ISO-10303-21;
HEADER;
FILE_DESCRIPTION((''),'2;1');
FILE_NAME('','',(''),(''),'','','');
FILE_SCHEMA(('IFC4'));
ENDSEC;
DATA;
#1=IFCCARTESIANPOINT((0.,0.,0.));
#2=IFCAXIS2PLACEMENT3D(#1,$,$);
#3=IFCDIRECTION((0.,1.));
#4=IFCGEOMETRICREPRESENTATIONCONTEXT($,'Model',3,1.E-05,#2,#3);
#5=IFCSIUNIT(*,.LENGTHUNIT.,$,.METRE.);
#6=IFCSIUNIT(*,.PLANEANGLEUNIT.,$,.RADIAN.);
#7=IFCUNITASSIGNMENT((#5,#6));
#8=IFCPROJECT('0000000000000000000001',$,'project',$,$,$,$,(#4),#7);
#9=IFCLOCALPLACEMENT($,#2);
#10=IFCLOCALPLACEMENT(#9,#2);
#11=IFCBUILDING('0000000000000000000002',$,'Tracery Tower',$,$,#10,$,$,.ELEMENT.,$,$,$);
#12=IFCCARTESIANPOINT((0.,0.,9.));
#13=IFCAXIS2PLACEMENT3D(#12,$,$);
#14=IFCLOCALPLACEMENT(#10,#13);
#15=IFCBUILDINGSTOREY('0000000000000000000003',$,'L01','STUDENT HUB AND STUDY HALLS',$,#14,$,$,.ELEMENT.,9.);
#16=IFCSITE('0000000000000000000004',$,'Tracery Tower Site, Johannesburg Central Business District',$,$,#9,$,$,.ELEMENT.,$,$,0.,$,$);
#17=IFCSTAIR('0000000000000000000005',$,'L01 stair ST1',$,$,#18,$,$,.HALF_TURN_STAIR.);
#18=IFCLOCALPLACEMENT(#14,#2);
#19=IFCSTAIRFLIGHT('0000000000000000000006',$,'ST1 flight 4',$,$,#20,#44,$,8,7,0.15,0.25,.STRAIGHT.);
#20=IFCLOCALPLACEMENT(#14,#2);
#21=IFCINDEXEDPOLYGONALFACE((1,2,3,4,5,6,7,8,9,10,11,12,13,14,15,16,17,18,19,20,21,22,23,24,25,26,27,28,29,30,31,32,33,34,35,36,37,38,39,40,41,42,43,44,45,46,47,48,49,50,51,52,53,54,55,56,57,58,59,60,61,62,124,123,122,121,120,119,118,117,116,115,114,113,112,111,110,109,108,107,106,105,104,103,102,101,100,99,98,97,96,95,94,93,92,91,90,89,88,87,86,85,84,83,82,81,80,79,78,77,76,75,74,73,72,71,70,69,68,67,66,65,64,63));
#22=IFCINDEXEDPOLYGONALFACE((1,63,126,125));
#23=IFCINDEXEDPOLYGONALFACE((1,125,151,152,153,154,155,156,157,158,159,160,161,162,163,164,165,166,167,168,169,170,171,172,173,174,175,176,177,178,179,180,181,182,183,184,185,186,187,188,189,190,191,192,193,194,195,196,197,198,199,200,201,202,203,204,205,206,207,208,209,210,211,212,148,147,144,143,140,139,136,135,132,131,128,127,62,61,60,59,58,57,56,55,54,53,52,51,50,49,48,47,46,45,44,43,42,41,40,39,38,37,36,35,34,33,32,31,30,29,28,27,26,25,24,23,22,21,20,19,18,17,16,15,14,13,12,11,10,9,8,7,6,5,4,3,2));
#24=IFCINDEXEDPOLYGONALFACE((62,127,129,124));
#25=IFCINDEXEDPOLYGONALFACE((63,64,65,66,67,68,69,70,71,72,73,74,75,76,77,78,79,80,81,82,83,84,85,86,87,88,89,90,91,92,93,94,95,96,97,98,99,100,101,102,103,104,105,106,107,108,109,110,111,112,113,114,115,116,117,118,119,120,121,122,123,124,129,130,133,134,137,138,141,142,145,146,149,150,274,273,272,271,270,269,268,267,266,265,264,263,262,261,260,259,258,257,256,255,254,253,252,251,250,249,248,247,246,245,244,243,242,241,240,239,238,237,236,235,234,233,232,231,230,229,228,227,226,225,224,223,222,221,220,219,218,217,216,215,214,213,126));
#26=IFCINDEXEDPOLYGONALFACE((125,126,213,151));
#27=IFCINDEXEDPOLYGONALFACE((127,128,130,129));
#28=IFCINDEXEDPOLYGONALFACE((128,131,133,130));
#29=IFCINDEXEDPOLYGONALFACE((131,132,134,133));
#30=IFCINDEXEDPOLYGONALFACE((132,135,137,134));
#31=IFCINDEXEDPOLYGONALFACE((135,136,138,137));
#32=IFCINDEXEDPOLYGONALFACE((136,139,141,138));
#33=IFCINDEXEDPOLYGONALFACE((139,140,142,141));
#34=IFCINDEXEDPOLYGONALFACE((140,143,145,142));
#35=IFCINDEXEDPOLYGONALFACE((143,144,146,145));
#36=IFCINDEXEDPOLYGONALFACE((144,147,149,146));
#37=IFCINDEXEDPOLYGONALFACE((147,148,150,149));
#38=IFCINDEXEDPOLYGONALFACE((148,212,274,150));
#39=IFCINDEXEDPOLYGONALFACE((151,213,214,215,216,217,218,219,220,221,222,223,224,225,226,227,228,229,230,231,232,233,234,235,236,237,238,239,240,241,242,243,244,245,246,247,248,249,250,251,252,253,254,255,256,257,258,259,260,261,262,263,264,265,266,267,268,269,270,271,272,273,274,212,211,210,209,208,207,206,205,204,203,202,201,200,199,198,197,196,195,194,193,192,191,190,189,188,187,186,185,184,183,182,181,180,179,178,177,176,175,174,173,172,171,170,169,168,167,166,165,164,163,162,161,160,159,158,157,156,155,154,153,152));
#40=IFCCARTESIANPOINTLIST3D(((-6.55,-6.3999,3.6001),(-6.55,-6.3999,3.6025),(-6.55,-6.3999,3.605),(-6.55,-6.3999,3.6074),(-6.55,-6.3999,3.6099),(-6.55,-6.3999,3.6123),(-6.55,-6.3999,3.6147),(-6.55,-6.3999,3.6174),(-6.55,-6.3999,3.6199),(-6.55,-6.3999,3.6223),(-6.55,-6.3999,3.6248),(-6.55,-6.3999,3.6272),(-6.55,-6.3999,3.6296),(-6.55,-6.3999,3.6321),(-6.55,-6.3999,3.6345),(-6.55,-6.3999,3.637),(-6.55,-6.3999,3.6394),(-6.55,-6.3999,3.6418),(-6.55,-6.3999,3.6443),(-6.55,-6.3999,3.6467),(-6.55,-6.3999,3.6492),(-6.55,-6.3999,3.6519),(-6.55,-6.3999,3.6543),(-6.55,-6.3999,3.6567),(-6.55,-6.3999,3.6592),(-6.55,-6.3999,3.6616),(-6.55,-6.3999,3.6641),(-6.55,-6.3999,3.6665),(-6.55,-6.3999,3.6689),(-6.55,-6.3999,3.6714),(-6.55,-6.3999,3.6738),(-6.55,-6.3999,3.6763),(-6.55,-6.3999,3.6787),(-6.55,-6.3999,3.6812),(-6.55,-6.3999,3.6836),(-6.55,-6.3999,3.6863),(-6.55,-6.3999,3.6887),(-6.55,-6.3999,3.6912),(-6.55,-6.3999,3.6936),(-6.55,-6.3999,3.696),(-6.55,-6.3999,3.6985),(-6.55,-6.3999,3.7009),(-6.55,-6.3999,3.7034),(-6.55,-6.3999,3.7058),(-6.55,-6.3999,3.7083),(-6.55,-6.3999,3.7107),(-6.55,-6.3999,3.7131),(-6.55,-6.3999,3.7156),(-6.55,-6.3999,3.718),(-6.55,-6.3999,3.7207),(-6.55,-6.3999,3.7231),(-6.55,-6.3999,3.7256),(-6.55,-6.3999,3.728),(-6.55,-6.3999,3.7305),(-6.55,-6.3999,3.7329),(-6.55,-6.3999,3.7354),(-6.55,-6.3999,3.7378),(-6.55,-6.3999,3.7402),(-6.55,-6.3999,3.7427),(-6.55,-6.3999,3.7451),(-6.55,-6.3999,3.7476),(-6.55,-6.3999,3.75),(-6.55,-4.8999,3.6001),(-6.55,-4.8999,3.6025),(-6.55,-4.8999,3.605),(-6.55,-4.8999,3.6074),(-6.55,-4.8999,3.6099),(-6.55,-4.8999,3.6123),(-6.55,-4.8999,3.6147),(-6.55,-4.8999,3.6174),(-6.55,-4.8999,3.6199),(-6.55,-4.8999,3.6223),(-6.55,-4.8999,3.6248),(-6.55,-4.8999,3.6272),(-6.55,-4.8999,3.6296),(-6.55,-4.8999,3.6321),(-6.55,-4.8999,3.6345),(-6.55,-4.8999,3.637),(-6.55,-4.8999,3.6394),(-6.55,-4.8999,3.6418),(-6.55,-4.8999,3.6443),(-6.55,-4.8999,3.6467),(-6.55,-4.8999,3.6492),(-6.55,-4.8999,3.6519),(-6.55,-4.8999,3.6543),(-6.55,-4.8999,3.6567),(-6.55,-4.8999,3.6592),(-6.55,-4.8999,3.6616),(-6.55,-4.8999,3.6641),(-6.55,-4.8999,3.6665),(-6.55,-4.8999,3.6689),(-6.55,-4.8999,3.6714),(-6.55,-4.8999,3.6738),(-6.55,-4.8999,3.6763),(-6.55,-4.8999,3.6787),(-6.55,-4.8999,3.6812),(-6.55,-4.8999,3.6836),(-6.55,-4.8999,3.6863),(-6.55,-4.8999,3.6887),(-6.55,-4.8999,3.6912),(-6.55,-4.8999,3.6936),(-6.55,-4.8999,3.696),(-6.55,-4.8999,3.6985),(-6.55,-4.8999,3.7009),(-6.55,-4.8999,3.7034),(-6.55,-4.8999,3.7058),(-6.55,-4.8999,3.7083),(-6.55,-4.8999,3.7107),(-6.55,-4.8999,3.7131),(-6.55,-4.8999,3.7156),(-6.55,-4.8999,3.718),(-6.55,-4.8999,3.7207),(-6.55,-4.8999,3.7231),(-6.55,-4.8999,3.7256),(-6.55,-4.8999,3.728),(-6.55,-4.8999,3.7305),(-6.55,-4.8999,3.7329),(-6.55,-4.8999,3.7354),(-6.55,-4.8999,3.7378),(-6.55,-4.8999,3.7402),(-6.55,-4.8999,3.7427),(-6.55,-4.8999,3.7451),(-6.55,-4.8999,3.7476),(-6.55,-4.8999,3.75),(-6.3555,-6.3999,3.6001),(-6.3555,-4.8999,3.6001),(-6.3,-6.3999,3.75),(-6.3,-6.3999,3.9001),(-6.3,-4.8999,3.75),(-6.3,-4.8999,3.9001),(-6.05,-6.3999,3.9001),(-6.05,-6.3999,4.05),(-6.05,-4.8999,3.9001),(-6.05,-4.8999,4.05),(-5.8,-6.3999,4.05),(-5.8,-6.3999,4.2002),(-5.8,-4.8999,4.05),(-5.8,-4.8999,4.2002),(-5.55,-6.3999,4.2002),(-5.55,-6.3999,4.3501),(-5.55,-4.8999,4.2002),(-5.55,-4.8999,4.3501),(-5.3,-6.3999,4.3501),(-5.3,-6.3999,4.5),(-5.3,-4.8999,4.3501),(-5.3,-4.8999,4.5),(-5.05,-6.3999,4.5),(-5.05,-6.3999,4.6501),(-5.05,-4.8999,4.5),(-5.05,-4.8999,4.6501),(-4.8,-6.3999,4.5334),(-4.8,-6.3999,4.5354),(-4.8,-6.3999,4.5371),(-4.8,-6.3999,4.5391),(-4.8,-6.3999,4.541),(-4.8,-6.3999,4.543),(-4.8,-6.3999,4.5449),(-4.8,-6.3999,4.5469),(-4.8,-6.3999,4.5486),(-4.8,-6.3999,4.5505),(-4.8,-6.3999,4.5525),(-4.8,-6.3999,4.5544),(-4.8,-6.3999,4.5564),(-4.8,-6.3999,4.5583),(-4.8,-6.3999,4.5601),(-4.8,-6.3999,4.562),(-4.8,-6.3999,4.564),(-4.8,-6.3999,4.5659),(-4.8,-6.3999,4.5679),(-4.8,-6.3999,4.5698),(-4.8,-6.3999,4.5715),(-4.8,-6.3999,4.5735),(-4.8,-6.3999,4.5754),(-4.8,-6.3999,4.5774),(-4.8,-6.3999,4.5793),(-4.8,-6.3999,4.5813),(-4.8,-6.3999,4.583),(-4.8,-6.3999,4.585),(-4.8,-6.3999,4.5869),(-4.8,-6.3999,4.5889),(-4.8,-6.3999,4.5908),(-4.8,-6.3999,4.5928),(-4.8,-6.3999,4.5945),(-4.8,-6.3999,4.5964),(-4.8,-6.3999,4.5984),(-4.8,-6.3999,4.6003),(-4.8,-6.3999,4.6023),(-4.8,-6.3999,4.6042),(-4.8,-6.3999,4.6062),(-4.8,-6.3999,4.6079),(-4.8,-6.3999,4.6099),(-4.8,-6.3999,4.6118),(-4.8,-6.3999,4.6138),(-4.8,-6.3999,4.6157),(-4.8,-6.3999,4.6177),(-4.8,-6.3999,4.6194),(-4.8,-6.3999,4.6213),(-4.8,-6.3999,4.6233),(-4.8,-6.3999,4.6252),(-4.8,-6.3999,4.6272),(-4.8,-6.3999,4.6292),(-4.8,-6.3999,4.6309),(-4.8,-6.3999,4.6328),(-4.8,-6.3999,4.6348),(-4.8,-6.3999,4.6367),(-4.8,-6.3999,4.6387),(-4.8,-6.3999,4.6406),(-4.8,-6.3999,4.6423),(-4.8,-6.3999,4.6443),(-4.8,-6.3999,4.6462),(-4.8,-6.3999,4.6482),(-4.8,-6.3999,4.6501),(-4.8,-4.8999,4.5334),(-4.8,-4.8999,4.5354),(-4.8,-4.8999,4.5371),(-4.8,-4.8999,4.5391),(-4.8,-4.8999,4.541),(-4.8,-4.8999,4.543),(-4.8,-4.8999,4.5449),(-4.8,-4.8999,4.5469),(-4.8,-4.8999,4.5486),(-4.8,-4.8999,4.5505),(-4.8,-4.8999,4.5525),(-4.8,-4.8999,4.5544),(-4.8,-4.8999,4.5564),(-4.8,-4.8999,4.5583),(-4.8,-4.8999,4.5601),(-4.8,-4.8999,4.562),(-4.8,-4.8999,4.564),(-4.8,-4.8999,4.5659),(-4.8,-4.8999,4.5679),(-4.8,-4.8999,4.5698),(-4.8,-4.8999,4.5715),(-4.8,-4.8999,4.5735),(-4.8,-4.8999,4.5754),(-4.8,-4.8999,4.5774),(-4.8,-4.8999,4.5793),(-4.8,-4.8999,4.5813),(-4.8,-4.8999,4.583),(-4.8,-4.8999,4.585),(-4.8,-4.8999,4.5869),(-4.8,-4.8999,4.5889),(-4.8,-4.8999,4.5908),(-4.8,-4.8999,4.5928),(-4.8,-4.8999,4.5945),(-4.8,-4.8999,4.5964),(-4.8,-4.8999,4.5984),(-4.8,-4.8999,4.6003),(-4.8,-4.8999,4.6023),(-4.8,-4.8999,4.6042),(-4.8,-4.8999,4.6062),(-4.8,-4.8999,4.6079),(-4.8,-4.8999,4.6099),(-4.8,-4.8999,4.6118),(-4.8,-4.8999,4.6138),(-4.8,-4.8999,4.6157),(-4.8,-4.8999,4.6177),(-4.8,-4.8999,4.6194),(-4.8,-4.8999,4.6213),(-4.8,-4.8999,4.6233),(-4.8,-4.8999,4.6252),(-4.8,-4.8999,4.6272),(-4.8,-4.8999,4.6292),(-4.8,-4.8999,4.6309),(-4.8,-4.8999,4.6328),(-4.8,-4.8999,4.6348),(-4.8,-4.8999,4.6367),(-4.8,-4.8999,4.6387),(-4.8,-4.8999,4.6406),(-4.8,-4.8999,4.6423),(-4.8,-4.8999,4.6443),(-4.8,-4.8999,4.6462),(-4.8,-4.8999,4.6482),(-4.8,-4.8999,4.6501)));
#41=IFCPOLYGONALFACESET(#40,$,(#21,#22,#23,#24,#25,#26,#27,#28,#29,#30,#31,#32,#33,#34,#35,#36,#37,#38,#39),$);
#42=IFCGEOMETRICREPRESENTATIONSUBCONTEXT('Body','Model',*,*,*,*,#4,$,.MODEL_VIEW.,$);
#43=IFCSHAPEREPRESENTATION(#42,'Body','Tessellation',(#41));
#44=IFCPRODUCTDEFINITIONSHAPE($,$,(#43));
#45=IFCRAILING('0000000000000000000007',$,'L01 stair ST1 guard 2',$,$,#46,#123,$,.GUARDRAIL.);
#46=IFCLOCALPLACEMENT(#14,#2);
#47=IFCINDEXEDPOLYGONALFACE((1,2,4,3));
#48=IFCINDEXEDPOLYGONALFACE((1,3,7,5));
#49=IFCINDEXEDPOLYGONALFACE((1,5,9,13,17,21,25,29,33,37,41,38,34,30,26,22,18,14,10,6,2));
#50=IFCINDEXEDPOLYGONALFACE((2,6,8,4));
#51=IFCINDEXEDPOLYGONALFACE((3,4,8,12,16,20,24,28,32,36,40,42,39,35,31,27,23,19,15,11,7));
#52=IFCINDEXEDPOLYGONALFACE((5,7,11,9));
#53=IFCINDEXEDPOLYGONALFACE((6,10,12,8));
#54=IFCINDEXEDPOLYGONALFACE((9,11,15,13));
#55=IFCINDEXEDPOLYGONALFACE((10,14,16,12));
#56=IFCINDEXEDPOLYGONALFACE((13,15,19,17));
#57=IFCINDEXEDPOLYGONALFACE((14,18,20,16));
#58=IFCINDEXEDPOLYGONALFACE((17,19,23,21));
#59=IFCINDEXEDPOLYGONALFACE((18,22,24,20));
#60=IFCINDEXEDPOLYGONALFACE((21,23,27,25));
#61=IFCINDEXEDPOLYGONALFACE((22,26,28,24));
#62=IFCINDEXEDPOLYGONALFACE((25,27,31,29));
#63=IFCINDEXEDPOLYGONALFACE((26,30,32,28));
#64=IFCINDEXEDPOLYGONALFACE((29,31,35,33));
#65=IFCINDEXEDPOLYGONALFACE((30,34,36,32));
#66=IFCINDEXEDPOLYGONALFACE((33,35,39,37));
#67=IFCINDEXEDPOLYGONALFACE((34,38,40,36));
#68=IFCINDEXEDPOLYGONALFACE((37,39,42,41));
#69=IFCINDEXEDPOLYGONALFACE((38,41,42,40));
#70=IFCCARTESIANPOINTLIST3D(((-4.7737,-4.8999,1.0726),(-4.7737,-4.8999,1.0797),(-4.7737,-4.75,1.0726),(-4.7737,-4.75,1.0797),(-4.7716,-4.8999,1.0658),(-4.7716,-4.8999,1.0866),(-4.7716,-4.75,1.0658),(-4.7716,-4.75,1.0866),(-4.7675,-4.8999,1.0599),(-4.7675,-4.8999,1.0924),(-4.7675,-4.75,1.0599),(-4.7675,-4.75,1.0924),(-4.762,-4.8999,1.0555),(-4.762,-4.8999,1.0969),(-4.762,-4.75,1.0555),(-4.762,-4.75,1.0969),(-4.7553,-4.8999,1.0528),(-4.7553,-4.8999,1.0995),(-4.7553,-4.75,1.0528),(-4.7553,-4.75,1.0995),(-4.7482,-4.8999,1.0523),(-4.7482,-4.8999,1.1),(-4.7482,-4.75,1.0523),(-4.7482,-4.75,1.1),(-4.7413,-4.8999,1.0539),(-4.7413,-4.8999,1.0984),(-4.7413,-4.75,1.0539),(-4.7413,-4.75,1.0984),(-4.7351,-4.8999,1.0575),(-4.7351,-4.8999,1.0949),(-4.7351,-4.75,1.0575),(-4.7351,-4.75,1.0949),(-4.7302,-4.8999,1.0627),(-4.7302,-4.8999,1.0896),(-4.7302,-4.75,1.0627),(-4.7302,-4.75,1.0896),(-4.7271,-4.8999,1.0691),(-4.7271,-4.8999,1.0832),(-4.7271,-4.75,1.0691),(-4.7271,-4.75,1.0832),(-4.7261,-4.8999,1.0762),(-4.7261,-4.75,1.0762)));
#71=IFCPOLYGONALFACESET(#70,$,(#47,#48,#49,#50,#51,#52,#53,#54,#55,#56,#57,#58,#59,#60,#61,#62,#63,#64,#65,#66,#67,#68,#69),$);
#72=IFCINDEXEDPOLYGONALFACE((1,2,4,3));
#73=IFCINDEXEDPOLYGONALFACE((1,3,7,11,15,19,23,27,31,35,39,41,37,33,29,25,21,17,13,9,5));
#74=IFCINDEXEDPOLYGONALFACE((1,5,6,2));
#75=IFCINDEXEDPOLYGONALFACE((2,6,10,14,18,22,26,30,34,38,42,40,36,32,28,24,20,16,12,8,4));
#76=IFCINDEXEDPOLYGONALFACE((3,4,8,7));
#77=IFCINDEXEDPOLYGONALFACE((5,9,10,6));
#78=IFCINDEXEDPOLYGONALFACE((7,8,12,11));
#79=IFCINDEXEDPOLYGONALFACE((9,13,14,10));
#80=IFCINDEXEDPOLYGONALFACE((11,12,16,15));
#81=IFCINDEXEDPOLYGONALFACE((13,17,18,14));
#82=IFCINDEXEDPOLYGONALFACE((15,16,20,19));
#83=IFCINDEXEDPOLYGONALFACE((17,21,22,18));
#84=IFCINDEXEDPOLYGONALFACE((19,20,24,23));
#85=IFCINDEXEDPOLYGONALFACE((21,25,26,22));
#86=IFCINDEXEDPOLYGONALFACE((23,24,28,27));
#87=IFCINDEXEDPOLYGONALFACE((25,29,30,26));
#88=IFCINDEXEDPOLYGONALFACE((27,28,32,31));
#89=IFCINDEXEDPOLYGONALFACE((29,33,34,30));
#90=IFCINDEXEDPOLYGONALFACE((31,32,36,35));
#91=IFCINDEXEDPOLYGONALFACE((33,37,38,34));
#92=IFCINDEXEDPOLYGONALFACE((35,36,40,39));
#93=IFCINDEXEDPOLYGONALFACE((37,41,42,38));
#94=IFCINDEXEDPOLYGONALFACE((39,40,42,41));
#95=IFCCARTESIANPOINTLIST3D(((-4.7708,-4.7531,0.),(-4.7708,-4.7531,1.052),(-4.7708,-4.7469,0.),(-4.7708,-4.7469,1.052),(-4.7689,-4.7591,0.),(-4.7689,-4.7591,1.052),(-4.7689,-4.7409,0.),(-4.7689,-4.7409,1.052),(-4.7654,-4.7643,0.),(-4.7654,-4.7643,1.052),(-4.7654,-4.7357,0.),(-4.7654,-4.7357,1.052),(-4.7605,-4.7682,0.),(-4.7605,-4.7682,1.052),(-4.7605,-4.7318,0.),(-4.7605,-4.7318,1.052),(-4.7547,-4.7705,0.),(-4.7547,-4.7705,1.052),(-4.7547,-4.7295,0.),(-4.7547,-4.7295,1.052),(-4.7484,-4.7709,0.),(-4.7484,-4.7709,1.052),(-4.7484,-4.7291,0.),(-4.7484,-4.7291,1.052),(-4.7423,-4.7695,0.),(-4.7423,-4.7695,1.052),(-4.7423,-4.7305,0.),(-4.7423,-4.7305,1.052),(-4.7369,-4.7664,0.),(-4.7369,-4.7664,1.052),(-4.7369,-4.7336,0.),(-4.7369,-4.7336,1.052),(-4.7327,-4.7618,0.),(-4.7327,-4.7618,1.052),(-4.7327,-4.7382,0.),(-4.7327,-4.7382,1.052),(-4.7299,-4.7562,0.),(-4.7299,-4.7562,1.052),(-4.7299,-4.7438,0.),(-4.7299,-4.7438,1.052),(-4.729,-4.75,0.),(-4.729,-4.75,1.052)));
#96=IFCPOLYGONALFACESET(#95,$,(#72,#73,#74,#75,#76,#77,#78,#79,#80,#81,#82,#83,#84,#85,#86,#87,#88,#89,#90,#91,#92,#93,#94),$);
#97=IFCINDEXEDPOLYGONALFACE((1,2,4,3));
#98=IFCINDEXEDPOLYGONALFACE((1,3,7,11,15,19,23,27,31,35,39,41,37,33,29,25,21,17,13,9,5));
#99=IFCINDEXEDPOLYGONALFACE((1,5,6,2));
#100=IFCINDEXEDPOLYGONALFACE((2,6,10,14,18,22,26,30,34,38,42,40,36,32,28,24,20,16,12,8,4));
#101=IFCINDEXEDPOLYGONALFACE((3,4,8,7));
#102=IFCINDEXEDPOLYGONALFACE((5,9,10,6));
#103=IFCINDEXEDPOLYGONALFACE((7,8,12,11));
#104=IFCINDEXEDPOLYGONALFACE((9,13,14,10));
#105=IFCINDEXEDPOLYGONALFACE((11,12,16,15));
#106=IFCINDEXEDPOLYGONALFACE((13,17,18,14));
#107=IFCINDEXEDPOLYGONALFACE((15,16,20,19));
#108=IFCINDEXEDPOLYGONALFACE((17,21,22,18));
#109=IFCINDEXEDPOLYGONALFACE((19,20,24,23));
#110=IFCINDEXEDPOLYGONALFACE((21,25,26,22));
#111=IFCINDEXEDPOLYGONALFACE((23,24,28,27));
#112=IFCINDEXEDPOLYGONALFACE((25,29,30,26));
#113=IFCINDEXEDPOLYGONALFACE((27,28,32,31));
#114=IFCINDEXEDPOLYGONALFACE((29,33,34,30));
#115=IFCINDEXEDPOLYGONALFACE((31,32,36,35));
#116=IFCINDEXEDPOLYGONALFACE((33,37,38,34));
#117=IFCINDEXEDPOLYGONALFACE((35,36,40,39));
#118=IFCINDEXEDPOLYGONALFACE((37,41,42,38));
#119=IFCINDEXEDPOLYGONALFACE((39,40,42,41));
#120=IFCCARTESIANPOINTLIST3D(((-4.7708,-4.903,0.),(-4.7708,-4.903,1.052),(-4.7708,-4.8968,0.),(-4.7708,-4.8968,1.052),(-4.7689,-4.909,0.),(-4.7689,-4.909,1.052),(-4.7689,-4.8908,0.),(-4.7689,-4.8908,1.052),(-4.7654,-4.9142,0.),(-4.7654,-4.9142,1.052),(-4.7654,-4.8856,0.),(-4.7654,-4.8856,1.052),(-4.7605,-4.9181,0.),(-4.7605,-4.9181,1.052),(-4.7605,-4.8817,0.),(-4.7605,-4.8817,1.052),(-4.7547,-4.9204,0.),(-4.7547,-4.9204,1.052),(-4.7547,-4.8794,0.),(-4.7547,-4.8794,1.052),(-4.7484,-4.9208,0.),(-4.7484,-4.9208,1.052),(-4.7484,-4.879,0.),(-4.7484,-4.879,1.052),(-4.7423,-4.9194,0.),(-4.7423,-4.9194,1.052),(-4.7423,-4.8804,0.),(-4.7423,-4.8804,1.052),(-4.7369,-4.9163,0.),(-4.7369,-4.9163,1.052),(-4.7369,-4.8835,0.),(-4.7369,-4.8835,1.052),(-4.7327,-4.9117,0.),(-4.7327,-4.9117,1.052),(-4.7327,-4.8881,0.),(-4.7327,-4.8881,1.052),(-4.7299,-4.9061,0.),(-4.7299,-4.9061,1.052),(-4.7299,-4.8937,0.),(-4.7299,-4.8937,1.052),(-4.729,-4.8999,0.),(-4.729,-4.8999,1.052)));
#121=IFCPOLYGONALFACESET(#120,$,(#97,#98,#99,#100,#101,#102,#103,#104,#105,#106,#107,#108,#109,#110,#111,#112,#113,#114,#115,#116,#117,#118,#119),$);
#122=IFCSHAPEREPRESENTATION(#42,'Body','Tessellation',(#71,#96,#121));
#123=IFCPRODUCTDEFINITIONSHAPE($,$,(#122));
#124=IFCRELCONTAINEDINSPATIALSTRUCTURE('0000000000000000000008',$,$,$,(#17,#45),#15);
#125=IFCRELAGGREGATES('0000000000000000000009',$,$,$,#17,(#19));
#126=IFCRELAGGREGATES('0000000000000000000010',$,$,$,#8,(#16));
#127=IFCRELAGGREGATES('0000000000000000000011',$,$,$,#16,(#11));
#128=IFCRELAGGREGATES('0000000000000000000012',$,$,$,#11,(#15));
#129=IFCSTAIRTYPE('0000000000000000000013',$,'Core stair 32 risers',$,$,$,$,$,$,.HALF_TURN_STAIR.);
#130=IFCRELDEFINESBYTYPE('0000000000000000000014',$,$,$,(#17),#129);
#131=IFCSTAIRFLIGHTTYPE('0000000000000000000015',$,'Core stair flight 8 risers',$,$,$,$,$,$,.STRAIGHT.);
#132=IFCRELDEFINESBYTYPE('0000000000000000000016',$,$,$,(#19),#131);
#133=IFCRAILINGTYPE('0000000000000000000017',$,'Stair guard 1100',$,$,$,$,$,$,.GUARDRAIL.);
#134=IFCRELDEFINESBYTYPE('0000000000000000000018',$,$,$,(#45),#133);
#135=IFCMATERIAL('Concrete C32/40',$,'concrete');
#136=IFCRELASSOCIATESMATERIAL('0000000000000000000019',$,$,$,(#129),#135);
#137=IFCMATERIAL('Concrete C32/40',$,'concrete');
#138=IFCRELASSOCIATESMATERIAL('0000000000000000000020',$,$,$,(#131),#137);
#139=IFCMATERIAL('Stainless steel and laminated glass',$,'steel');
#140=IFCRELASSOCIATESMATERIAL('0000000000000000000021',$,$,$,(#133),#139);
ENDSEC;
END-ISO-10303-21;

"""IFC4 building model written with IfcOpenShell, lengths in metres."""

from ifc_helpers import new_model, si_unit, direction, frame, origin, origin_2d, place, context, subcontext, project, spatial, polyline, circle, outline, extrude, material, type_object, element, aggregate, save


model = new_model("IFC4")

# Units and contexts
model_context = context("Model", 3, precision=1e-05, world=origin(), true_north=direction((0.0, 1.0)))
body_context = subcontext(model_context, "Body", "Model", "MODEL_VIEW")
ifc_project = project(units=[si_unit("LENGTHUNIT", "METRE"), si_unit("PLANEANGLEUNIT", "RADIAN")], contexts=[model_context])

# Site, building, storey
site_placement = place(None, origin())
site = spatial("IfcSite", under=ifc_project, at=site_placement, Name="Tracery Tower Site, Johannesburg Central Business District", CompositionType="ELEMENT", RefElevation=0.0)
building_placement = place(site_placement, origin())
building = spatial("IfcBuilding", under=site, at=building_placement, Name="Tracery Tower", CompositionType="ELEMENT")
storey_placement = place(building_placement, frame((0.0, 0.0, 9.0)))
storey = spatial("IfcBuildingStorey", under=building, at=storey_placement, Name="L01", Description="STUDENT HUB AND STUDY HALLS", CompositionType="ELEMENT", Elevation=9.0)

# Stair, stair flight
ifc_material_1 = material(Name="Concrete C32/40", Category="concrete")
stair_type = type_object("IfcStairType", Name="Core stair 32 risers", PredefinedType="HALF_TURN_STAIR", material=ifc_material_1)
stair_placement = place(storey_placement, origin())
stair = element("IfcStair", 1, at=stair_placement, inside=storey, type_object=stair_type, Name="L01 stair ST1", PredefinedType="HALF_TURN_STAIR")
ifc_material_2 = material(Name="Concrete C32/40", Category="concrete")
stair_flight_type = type_object("IfcStairFlightType", Name="Core stair flight 8 risers", PredefinedType="STRAIGHT", material=ifc_material_2)
stair_flight_1_placement = place(storey_placement, frame((-6.55, -5.6499, 3.6001), z_axis=(0.0, 0.0, 1.0), x_axis=(1.0, 0.0, 0.0)))
stair_flight_1 = element("IfcStairFlight", 2, at=stair_flight_1_placement, type_object=stair_flight_type, Name="ST1 flight 4", NumberOfRisers=8, NumberOfTreads=7, PredefinedType="STRAIGHT", RiserHeight=0.15, TreadLength=0.25, context=body_context, shape_type="SweptSolid", body=[
    extrude(outline(polyline([(0.0, 0.0), (0.0, 0.0024), (0.0, 0.0049), (0.0, 0.0073), (0.0, 0.0098), (0.0, 0.0122), (0.0, 0.0146), (0.0, 0.0173), (0.0, 0.0198), (0.0, 0.0222), (0.0, 0.0247), (0.0, 0.0271), (0.0, 0.0295), (0.0, 0.032), (0.0, 0.0344), (0.0, 0.0369), (0.0, 0.0393), (0.0, 0.0417), (0.0, 0.0442), (0.0, 0.0466), (0.0, 0.0491), (0.0, 0.0518), (0.0, 0.0542), (0.0, 0.0566), (0.0, 0.0591), (0.0, 0.0615), (0.0, 0.064), (0.0, 0.0664), (0.0, 0.0688), (0.0, 0.0713), (0.0, 0.0737), (0.0, 0.0762), (0.0, 0.0786), (0.0, 0.0811), (0.0, 0.0835), (0.0, 0.0862), (0.0, 0.0886), (0.0, 0.0911), (0.0, 0.0935), (0.0, 0.0959), (0.0, 0.0984), (0.0, 0.1008), (0.0, 0.1033), (0.0, 0.1057), (0.0, 0.1082), (0.0, 0.1106), (0.0, 0.113), (0.0, 0.1155), (0.0, 0.1179), (0.0, 0.1206), (0.0, 0.123), (0.0, 0.1255), (0.0, 0.1279), (0.0, 0.1304), (0.0, 0.1328), (0.0, 0.1353), (0.0, 0.1377), (0.0, 0.1401), (0.0, 0.1426), (0.0, 0.145), (0.0, 0.1475), (0.0, 0.1499), (0.25, 0.1499), (0.25, 0.3), (0.5, 0.3), (0.5, 0.45), (0.75, 0.45), (0.75, 0.6001), (1.0, 0.6001), (1.0, 0.75), (1.25, 0.75), (1.25, 0.8999), (1.5, 0.8999), (1.5, 1.05), (1.75, 1.05), (1.75, 1.0481), (1.75, 1.0461), (1.75, 1.0442), (1.75, 1.0422), (1.75, 1.0405), (1.75, 1.0386), (1.75, 1.0366), (1.75, 1.0347), (1.75, 1.0327), (1.75, 1.0308), (1.75, 1.0291), (1.75, 1.0271), (1.75, 1.0251), (1.75, 1.0232), (1.75, 1.0212), (1.75, 1.0193), (1.75, 1.0176), (1.75, 1.0156), (1.75, 1.0137), (1.75, 1.0117), (1.75, 1.0098), (1.75, 1.0078), (1.75, 1.0061), (1.75, 1.0042), (1.75, 1.0022), (1.75, 1.0002), (1.75, 0.9983), (1.75, 0.9963), (1.75, 0.9944), (1.75, 0.9927), (1.75, 0.9907), (1.75, 0.9888), (1.75, 0.9868), (1.75, 0.9849), (1.75, 0.9829), (1.75, 0.9812), (1.75, 0.9792), (1.75, 0.9773), (1.75, 0.9753), (1.75, 0.9734), (1.75, 0.9714), (1.75, 0.9697), (1.75, 0.9678), (1.75, 0.9658), (1.75, 0.9639), (1.75, 0.9619), (1.75, 0.96), (1.75, 0.9583), (1.75, 0.9563), (1.75, 0.9543), (1.75, 0.9524), (1.75, 0.9504), (1.75, 0.9485), (1.75, 0.9468), (1.75, 0.9448), (1.75, 0.9429), (1.75, 0.9409), (1.75, 0.939), (1.75, 0.937), (1.75, 0.9353), (1.75, 0.9333), (0.1946, 0.0), (0.0, 0.0)])), frame((0.0, 0.75, 0.0), z_axis=(0.0, -1.0, 0.0), x_axis=(1.0, 0.0, 0.0)), (0.0, 0.0, 1.0), 1.5),
])
aggregate(stair, [stair_flight_1])

# Railing
ifc_material_3 = material(Name="Stainless steel and laminated glass", Category="steel")
railing_type_1 = type_object("IfcRailingType", Name="Stair guard 1100", PredefinedType="GUARDRAIL", material=ifc_material_3)
railing_1_placement = place(storey_placement, frame((-4.75, -4.75, 0.0)))
element("IfcRailing", 3, at=railing_1_placement, inside=storey, type_object=railing_type_1, Name="L01 stair ST1 guard 2", PredefinedType="GUARDRAIL", context=body_context, shape_type="SweptSolid", body=[
    extrude(circle(Radius=0.0239, at=origin_2d()), frame((0.0, 0.0, 1.0762), z_axis=(0.0, -1.0, 0.0), x_axis=(1.0, 0.0, 0.0)), (0.0, 0.0, 1.0), 0.1499),
    extrude(circle(Radius=0.021, at=origin_2d()), origin(), (0.0, 0.0, 1.0), 1.052),
    extrude(circle(Radius=0.021, at=origin_2d()), frame((0.0, -0.1499, 0.0)), (0.0, 0.0, 1.0), 1.052),
])

save(model, "model.ifc")
